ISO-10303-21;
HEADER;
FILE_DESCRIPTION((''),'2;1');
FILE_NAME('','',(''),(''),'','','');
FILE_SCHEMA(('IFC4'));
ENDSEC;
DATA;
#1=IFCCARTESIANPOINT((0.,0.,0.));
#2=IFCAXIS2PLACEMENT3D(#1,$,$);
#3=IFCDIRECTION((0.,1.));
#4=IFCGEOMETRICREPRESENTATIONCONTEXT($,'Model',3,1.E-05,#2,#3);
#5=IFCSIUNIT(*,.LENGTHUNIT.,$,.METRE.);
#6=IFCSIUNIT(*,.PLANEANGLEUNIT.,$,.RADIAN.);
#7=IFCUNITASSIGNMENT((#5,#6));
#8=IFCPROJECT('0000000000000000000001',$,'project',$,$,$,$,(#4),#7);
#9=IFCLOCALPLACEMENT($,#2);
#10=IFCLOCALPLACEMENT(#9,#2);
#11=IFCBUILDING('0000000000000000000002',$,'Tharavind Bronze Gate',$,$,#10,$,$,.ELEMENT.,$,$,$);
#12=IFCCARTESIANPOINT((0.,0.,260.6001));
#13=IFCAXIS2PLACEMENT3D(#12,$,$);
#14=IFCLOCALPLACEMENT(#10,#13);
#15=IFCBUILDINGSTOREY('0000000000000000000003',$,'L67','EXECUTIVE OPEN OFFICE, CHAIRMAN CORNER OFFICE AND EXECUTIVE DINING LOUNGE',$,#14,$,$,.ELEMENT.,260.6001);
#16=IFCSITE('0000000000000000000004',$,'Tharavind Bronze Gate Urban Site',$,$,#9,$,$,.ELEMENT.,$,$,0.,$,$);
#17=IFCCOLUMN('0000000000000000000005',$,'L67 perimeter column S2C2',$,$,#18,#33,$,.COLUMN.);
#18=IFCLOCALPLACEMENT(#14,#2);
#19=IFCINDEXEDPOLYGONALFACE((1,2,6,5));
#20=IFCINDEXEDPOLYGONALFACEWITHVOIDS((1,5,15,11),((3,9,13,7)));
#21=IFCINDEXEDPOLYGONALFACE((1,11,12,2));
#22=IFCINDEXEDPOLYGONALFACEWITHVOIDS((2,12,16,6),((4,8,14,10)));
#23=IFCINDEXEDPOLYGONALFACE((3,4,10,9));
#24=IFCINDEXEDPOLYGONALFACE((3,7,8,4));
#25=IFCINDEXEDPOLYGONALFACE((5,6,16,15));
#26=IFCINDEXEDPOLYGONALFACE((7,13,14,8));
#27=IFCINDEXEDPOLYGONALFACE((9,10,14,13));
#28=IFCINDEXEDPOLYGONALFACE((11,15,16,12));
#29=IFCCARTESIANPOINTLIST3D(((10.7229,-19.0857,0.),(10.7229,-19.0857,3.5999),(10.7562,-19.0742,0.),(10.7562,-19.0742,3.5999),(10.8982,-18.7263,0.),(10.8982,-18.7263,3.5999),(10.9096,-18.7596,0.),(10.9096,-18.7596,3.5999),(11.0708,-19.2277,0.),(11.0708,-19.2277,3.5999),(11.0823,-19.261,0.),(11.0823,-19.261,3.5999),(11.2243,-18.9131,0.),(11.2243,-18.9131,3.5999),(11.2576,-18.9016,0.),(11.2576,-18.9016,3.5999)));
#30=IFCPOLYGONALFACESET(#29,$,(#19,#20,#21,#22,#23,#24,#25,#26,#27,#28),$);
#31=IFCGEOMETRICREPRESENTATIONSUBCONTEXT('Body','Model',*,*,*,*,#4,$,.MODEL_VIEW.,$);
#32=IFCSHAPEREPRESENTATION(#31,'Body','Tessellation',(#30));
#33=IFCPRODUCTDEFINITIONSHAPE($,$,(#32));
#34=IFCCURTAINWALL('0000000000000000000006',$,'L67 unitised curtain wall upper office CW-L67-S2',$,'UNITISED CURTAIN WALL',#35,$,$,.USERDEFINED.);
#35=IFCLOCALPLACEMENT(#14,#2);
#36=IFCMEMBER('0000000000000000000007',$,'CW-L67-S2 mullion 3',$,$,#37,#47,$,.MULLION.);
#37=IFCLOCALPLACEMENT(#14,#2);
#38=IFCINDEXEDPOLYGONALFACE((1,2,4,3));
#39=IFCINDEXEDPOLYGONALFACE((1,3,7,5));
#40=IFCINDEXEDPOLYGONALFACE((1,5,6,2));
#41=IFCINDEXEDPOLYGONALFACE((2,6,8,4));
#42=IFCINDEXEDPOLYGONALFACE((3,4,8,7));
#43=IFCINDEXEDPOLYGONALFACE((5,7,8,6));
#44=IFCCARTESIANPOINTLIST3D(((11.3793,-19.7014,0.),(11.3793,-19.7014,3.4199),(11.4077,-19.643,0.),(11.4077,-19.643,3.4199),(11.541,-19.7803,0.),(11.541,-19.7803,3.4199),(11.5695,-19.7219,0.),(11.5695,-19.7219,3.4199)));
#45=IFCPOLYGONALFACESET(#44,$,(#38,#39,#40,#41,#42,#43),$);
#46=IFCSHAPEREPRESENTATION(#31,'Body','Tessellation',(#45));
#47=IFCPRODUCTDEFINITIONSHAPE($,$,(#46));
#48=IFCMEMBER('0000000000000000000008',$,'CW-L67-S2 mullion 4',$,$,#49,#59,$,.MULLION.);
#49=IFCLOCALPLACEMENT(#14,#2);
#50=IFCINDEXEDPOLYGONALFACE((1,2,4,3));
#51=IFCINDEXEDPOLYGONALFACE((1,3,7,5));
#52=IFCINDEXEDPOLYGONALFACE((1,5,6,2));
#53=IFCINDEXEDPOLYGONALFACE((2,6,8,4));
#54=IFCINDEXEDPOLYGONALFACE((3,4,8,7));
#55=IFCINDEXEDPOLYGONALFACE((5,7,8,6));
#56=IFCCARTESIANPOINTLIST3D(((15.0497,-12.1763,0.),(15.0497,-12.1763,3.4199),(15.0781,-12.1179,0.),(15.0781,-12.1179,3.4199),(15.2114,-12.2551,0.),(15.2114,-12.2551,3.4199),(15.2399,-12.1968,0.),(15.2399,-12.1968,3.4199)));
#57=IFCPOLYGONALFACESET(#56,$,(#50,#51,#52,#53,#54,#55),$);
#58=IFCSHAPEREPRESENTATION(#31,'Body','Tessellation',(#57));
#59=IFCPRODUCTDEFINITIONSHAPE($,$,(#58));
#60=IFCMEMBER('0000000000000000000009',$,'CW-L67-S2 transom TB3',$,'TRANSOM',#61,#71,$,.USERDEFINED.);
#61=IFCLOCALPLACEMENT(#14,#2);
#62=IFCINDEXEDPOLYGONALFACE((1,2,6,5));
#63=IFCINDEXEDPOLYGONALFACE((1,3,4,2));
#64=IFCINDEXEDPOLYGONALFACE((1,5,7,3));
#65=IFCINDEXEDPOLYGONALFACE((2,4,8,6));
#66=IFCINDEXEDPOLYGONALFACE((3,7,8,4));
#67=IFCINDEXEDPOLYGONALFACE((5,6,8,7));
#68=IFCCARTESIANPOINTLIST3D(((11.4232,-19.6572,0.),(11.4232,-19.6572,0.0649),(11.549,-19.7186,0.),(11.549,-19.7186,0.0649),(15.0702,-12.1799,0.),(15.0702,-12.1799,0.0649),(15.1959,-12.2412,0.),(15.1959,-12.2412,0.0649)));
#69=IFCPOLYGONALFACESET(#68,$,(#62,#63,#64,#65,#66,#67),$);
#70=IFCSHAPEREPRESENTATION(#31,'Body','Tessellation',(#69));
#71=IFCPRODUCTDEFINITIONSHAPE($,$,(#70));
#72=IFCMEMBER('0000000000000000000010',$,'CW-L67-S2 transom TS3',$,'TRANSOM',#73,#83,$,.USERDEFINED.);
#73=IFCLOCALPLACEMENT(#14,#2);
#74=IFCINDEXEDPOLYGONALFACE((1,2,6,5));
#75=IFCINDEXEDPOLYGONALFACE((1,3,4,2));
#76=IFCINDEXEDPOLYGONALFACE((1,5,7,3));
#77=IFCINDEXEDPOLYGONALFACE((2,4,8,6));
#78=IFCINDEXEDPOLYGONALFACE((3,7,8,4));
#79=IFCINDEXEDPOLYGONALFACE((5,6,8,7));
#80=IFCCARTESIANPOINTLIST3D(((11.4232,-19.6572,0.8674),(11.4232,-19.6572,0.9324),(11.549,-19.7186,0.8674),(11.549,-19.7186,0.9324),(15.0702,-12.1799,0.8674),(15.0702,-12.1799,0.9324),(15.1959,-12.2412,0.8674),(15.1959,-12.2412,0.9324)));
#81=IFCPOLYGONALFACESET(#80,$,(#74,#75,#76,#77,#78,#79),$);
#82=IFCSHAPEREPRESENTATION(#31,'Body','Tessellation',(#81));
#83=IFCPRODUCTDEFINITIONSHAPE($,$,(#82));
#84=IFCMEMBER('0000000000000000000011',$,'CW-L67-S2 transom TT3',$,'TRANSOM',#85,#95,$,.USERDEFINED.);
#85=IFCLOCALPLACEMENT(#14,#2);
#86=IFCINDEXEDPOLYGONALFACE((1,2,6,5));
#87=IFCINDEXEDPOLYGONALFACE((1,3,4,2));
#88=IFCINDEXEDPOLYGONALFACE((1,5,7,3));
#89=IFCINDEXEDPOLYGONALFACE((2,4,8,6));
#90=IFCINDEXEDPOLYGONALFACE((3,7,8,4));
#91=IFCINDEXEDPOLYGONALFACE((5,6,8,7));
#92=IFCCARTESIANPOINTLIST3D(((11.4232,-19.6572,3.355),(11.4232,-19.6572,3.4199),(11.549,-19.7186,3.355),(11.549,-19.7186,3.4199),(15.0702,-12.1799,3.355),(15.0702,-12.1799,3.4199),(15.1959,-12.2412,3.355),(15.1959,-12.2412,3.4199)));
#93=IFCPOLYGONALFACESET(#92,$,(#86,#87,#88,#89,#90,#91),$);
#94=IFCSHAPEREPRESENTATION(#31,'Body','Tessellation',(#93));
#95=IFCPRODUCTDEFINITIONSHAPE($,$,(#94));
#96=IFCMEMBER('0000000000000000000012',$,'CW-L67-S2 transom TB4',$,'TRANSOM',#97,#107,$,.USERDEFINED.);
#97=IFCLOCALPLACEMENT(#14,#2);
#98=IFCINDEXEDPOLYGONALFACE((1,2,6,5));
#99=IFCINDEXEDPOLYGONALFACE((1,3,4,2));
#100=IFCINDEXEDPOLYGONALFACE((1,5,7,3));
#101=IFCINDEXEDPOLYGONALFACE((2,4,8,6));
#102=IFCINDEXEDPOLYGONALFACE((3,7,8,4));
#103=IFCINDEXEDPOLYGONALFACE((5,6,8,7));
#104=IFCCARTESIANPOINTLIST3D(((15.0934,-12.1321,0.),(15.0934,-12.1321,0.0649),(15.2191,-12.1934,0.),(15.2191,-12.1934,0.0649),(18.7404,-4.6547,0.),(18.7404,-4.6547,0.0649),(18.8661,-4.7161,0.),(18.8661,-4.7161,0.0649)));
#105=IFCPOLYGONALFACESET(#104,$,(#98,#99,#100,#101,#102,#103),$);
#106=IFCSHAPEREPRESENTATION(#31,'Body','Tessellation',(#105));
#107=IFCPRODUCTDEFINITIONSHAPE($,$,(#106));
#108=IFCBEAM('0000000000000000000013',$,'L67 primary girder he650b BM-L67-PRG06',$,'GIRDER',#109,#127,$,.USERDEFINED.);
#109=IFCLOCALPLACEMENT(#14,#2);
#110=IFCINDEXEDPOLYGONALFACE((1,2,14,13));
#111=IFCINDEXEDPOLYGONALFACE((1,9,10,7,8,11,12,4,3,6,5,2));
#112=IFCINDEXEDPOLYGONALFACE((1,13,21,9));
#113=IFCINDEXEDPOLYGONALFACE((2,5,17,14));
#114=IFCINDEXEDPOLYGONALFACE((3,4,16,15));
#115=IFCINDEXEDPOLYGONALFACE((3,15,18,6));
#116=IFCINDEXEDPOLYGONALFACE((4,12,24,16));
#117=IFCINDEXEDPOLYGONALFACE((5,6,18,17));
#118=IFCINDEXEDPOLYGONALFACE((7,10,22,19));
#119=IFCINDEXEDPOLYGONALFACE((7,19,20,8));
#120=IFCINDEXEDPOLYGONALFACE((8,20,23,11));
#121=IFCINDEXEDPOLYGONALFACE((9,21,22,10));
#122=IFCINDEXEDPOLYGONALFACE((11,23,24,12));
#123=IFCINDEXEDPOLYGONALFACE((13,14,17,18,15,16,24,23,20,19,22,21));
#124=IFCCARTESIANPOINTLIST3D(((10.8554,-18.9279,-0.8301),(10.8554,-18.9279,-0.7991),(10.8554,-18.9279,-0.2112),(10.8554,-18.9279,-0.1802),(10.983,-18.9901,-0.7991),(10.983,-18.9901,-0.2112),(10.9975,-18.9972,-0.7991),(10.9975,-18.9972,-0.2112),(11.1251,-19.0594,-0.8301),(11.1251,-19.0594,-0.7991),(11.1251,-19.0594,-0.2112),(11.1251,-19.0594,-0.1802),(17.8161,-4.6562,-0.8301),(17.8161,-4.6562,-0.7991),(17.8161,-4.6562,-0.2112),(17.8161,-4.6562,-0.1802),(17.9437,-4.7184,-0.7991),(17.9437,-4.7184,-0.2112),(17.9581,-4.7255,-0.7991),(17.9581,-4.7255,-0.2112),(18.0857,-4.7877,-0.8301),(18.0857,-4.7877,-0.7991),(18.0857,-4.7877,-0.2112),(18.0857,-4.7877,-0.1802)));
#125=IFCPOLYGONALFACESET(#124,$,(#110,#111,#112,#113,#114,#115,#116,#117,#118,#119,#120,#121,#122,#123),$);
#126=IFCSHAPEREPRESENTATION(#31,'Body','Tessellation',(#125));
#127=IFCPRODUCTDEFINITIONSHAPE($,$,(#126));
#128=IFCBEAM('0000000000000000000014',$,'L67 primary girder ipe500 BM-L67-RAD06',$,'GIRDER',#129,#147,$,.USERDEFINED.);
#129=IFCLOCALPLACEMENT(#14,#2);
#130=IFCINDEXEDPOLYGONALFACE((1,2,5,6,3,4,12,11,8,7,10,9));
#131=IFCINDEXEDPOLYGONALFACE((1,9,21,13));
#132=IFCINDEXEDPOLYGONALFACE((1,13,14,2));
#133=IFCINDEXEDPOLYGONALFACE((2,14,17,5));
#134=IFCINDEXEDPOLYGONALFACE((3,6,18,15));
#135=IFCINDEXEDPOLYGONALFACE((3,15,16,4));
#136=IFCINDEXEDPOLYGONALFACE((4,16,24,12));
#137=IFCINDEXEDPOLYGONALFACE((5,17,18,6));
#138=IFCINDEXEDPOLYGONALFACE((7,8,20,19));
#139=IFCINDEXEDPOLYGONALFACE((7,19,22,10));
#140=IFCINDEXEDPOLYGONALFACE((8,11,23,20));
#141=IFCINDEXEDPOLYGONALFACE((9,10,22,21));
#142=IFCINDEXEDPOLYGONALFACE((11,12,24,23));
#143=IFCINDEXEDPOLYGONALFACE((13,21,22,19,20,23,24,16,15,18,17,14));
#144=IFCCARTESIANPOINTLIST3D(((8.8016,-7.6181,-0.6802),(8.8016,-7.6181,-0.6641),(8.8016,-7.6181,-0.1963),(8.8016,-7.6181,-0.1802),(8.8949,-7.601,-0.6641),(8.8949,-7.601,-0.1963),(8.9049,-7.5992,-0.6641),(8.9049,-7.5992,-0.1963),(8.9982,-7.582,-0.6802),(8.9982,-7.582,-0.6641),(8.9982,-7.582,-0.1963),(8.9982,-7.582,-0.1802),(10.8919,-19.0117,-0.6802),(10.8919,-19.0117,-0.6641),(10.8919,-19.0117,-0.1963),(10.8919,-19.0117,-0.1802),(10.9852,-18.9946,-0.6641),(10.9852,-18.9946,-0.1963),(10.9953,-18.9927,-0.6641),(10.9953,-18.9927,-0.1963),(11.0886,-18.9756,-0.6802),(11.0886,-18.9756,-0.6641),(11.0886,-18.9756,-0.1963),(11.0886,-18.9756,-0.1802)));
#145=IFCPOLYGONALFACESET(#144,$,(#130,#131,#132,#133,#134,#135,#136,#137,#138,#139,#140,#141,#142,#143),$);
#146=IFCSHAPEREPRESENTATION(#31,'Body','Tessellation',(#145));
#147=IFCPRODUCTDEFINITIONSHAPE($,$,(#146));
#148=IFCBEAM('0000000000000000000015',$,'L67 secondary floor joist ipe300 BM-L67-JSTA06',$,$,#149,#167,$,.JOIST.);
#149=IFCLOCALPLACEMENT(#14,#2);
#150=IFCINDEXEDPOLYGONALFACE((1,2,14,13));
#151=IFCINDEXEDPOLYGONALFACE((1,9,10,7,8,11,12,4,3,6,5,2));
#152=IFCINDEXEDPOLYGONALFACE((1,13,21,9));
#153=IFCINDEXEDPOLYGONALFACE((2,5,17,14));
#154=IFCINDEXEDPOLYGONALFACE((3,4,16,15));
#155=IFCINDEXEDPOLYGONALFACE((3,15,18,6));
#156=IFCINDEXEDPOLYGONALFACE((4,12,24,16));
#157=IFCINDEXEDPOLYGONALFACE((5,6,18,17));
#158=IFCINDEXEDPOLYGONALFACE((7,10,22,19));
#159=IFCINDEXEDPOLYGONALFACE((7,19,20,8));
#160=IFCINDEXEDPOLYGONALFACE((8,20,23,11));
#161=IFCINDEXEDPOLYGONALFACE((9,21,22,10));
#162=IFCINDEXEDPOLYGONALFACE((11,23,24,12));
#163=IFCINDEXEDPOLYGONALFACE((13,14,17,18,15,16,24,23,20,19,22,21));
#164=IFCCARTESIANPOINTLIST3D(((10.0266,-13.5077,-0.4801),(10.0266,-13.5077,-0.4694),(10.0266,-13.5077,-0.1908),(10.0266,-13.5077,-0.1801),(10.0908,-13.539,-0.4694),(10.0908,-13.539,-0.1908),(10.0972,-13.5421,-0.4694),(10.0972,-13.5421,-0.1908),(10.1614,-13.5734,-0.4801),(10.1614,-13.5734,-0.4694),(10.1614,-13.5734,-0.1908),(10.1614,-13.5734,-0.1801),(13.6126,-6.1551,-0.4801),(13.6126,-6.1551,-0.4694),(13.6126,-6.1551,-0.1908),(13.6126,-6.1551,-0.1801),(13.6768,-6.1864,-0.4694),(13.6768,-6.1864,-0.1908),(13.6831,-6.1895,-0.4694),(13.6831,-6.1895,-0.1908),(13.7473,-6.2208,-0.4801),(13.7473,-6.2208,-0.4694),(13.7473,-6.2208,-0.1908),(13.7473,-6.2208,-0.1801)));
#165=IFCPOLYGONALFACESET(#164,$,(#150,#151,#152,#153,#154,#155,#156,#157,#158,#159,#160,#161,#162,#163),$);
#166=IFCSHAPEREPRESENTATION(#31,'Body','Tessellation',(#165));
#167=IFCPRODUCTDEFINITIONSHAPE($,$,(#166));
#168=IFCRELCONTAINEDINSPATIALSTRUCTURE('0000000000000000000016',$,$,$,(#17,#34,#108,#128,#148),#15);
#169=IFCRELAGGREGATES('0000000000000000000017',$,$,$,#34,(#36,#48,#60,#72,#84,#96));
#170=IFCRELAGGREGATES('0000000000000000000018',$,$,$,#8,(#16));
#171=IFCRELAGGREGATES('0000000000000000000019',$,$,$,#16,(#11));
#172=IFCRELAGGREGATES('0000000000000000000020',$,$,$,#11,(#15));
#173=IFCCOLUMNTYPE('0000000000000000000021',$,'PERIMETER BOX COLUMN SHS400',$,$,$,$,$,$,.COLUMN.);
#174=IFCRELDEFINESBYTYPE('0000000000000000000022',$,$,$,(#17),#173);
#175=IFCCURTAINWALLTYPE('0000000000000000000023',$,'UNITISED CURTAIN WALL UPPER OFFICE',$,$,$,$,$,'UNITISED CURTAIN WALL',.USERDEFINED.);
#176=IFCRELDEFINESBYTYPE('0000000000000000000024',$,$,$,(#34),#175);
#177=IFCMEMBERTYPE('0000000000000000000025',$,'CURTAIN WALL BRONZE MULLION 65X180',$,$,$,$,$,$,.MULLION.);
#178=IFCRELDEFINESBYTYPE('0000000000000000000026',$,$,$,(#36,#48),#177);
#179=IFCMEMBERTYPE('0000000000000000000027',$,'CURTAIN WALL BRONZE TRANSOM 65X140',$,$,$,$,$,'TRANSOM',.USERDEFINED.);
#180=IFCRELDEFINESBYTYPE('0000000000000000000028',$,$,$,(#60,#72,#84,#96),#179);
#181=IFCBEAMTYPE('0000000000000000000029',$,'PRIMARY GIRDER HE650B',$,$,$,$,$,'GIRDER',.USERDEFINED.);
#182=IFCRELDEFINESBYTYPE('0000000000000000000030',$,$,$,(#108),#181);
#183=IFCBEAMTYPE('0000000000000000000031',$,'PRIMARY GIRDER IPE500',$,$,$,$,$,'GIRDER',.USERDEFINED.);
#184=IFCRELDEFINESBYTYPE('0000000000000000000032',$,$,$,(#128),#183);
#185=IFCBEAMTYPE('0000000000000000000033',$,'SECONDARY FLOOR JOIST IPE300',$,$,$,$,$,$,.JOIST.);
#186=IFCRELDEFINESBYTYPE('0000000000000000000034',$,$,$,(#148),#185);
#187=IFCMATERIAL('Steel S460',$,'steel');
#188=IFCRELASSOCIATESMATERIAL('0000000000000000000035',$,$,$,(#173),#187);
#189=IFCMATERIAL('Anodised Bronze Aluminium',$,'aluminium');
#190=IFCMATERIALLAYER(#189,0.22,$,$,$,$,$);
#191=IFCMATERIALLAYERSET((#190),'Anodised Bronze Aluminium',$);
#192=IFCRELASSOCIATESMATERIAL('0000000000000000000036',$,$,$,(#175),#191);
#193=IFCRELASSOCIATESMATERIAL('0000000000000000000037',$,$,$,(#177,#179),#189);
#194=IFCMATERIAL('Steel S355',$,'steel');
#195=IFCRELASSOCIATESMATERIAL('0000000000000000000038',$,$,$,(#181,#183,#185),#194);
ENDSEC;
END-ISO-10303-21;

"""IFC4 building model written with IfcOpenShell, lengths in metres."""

from ifc_helpers import new_model, si_unit, direction, frame, origin, origin_2d, place, context, subcontext, project, spatial, rectangle, hollow_rectangle, i_section, extrude, material, layer, layer_set, material_profile, profile_set, type_object, element, aggregate, save


model = new_model("IFC4")

# Units and contexts
model_context = context("Model", 3, precision=1e-05, world=origin(), true_north=direction((0.0, 1.0)))
body_context = subcontext(model_context, "Body", "Model", "MODEL_VIEW")
ifc_project = project(units=[si_unit("LENGTHUNIT", "METRE"), si_unit("PLANEANGLEUNIT", "RADIAN")], contexts=[model_context])

# Site, building, storey
site_placement = place(None, origin())
site = spatial("IfcSite", under=ifc_project, at=site_placement, Name="Tharavind Bronze Gate Urban Site", CompositionType="ELEMENT", RefElevation=0.0)
building_placement = place(site_placement, origin())
building = spatial("IfcBuilding", under=site, at=building_placement, Name="Tharavind Bronze Gate", CompositionType="ELEMENT")
storey_placement = place(building_placement, frame((0.0, 0.0, 260.6001)))
storey = spatial("IfcBuildingStorey", under=building, at=storey_placement, Name="L67", Description="EXECUTIVE OPEN OFFICE, CHAIRMAN CORNER OFFICE AND EXECUTIVE DINING LOUNGE", CompositionType="ELEMENT", Elevation=260.6001)

# Column
ifc_material_1 = material(Name="Steel S460", Category="steel")
ifc_material_profile_1 = material_profile(ifc_material_1, hollow_rectangle(XDim=0.3999, YDim=0.3999, WallThickness=0.0249, at=origin_2d()), Name="SHS400X25")
ifc_profile_set_1 = profile_set([ifc_material_profile_1], Name="Steel S460")
column_type = type_object("IfcColumnType", Name="PERIMETER BOX COLUMN SHS400", PredefinedType="COLUMN", material=ifc_profile_set_1)
column_placement = place(storey_placement, frame((10.9902, -18.9937, 0.0), z_axis=(0.0, 0.0, 1.0), x_axis=(0.438373, 0.898793, 0.0)))
element("IfcColumn", 1, at=column_placement, inside=storey, type_object=column_type, Name="L67 perimeter column S2C2", PredefinedType="COLUMN", context=body_context, shape_type="SweptSolid", body=[
    extrude(hollow_rectangle(XDim=0.3999, YDim=0.3999, WallThickness=0.0249, at=origin_2d()), origin(), (0.0, 0.0, 1.0), 3.5999),
])

# Curtain wall, members
ifc_material_2 = material(Name="Anodised Bronze Aluminium", Category="aluminium")
ifc_layer_1 = layer(ifc_material_2, 0.22)
ifc_layer_set_1 = layer_set([ifc_layer_1], Name="Anodised Bronze Aluminium")
curtain_wall_type = type_object("IfcCurtainWallType", Name="UNITISED CURTAIN WALL UPPER OFFICE", ElementType="UNITISED CURTAIN WALL", PredefinedType="USERDEFINED", material=ifc_layer_set_1)
curtain_wall_placement = place(storey_placement, origin())
curtain_wall = element("IfcCurtainWall", 2, at=curtain_wall_placement, inside=storey, type_object=curtain_wall_type, Name="L67 unitised curtain wall upper office CW-L67-S2", ObjectType="UNITISED CURTAIN WALL", PredefinedType="USERDEFINED")
member_type_1 = type_object("IfcMemberType", Name="CURTAIN WALL BRONZE MULLION 65X180", PredefinedType="MULLION", material=ifc_material_2)
member_1_placement = place(storey_placement, frame((11.4744, -19.7117, 0.0), z_axis=(0.0, 0.0, 1.0), x_axis=(0.438373, 0.898793, 0.0)))
member_1 = element("IfcMember", 3, at=member_1_placement, type_object=member_type_1, Name="CW-L67-S2 mullion 3", PredefinedType="MULLION", context=body_context, shape_type="SweptSolid", body=[
    extrude(rectangle(XDim=0.0649, YDim=0.1799, at=origin_2d()), origin(), (0.0, 0.0, 1.0), 3.4199),
])
member_2_placement = place(storey_placement, frame((15.1448, -12.1865, 0.0), z_axis=(0.0, 0.0, 1.0), x_axis=(0.438373, 0.898793, 0.0)))
member_2 = element("IfcMember", 4, at=member_2_placement, type_object=member_type_1, Name="CW-L67-S2 mullion 4", PredefinedType="MULLION", context=body_context, shape_type="SweptSolid", body=[
    extrude(rectangle(XDim=0.0649, YDim=0.1799, at=origin_2d()), origin(), (0.0, 0.0, 1.0), 3.4199),
])
member_type_2 = type_object("IfcMemberType", Name="CURTAIN WALL BRONZE TRANSOM 65X140", ElementType="TRANSOM", PredefinedType="USERDEFINED", material=ifc_material_2)
member_3_placement = place(storey_placement, frame((13.3096, -15.9492, 0.0), z_axis=(0.0, 0.0, 1.0), x_axis=(0.438373, 0.898793, 0.0)))
member_3 = element("IfcMember", 5, at=member_3_placement, type_object=member_type_2, Name="CW-L67-S2 transom TB3", ObjectType="TRANSOM", PredefinedType="USERDEFINED", context=body_context, shape_type="SweptSolid", body=[
    extrude(rectangle(XDim=8.3193, YDim=0.1399, at=origin_2d()), origin(), (0.0, 0.0, 1.0), 0.0649),
])
member_4_placement = place(storey_placement, frame((13.3096, -15.9492, 0.8674), z_axis=(0.0, 0.0, 1.0), x_axis=(0.438373, 0.898793, 0.0)))
member_4 = element("IfcMember", 6, at=member_4_placement, type_object=member_type_2, Name="CW-L67-S2 transom TS3", ObjectType="TRANSOM", PredefinedType="USERDEFINED", context=body_context, shape_type="SweptSolid", body=[
    extrude(rectangle(XDim=8.3193, YDim=0.1399, at=origin_2d()), origin(), (0.0, 0.0, 1.0), 0.0649),
])
member_5_placement = place(storey_placement, frame((13.3096, -15.9492, 3.355), z_axis=(0.0, 0.0, 1.0), x_axis=(0.438373, 0.898793, 0.0)))
member_5 = element("IfcMember", 7, at=member_5_placement, type_object=member_type_2, Name="CW-L67-S2 transom TT3", ObjectType="TRANSOM", PredefinedType="USERDEFINED", context=body_context, shape_type="SweptSolid", body=[
    extrude(rectangle(XDim=8.3193, YDim=0.1399, at=origin_2d()), origin(), (0.0, 0.0, 1.0), 0.0649),
])
member_6_placement = place(storey_placement, frame((16.9797, -8.4241, 0.0), z_axis=(0.0, 0.0, 1.0), x_axis=(0.438373, 0.898793, 0.0)))
member_6 = element("IfcMember", 8, at=member_6_placement, type_object=member_type_2, Name="CW-L67-S2 transom TB4", ObjectType="TRANSOM", PredefinedType="USERDEFINED", context=body_context, shape_type="SweptSolid", body=[
    extrude(rectangle(XDim=8.3193, YDim=0.1399, at=origin_2d()), origin(), (0.0, 0.0, 1.0), 0.0649),
])

# Beams
ifc_material_3 = material(Name="Steel S355", Category="steel")
ifc_material_profile_2 = material_profile(ifc_material_3, i_section(OverallWidth=0.3, OverallDepth=0.6499, WebThickness=0.0161, FlangeThickness=0.031, at=origin_2d()), Name="HE650B")
ifc_profile_set_2 = profile_set([ifc_material_profile_2], Name="Steel S355")
beam_type_1 = type_object("IfcBeamType", Name="PRIMARY GIRDER HE650B", ElementType="GIRDER", PredefinedType="USERDEFINED", material=ifc_profile_set_2)
beam_1_placement = place(storey_placement, frame((10.9902, -18.9937, -0.5051), z_axis=(0.438366, 0.898796, 0.0), x_axis=(-0.898796, 0.438366, 0.0)))
element("IfcBeam", 9, at=beam_1_placement, inside=storey, type_object=beam_type_1, Name="L67 primary girder he650b BM-L67-PRG06", ObjectType="GIRDER", PredefinedType="USERDEFINED", context=body_context, shape_type="SweptSolid", body=[
    extrude(i_section(OverallWidth=0.3, OverallDepth=0.6499, WebThickness=0.0161, FlangeThickness=0.031, at=origin_2d()), origin(), (0.0, 0.0, 1.0), 15.8787),
])
ifc_material_profile_3 = material_profile(ifc_material_3, i_section(OverallWidth=0.2, OverallDepth=0.5, WebThickness=0.0103, FlangeThickness=0.0161, at=origin_2d()), Name="IPE500")
ifc_profile_set_3 = profile_set([ifc_material_profile_3], Name="Steel S355")
beam_type_2 = type_object("IfcBeamType", Name="PRIMARY GIRDER IPE500", ElementType="GIRDER", PredefinedType="USERDEFINED", material=ifc_profile_set_3)
beam_2_placement = place(storey_placement, frame((10.9902, -18.9937, -0.4302), z_axis=(-0.180454, 0.983583, 0.0), x_axis=(-0.983583, -0.180454, 0.0)))
element("IfcBeam", 10, at=beam_2_placement, inside=storey, type_object=beam_type_2, Name="L67 primary girder ipe500 BM-L67-RAD06", ObjectType="GIRDER", PredefinedType="USERDEFINED", context=body_context, shape_type="SweptSolid", body=[
    extrude(i_section(OverallWidth=0.2, OverallDepth=0.5, WebThickness=0.0103, FlangeThickness=0.0161, at=origin_2d()), origin(), (0.0, 0.0, 1.0), 11.5837),
])
ifc_material_profile_4 = material_profile(ifc_material_3, i_section(OverallWidth=0.1499, OverallDepth=0.3, WebThickness=0.0071, FlangeThickness=0.0107, at=origin_2d()), Name="IPE300")
ifc_profile_set_4 = profile_set([ifc_material_profile_4], Name="Steel S355")
beam_type_3 = type_object("IfcBeamType", Name="SECONDARY FLOOR JOIST IPE300", PredefinedType="JOIST", material=ifc_profile_set_4)
beam_3_placement = place(storey_placement, frame((10.094, -13.5405, -0.3301), z_axis=(0.438358, 0.898801, 0.0), x_axis=(-0.898801, 0.438358, 0.0)))
element("IfcBeam", 11, at=beam_3_placement, inside=storey, type_object=beam_type_3, Name="L67 secondary floor joist ipe300 BM-L67-JSTA06", PredefinedType="JOIST", context=body_context, shape_type="SweptSolid", body=[
    extrude(i_section(OverallWidth=0.1499, OverallDepth=0.3, WebThickness=0.0071, FlangeThickness=0.0107, at=origin_2d()), origin(), (0.0, 0.0, 1.0), 8.1804),
])

aggregate(curtain_wall, [member_1, member_2, member_3, member_4, member_5, member_6])

save(model, "model.ifc")
